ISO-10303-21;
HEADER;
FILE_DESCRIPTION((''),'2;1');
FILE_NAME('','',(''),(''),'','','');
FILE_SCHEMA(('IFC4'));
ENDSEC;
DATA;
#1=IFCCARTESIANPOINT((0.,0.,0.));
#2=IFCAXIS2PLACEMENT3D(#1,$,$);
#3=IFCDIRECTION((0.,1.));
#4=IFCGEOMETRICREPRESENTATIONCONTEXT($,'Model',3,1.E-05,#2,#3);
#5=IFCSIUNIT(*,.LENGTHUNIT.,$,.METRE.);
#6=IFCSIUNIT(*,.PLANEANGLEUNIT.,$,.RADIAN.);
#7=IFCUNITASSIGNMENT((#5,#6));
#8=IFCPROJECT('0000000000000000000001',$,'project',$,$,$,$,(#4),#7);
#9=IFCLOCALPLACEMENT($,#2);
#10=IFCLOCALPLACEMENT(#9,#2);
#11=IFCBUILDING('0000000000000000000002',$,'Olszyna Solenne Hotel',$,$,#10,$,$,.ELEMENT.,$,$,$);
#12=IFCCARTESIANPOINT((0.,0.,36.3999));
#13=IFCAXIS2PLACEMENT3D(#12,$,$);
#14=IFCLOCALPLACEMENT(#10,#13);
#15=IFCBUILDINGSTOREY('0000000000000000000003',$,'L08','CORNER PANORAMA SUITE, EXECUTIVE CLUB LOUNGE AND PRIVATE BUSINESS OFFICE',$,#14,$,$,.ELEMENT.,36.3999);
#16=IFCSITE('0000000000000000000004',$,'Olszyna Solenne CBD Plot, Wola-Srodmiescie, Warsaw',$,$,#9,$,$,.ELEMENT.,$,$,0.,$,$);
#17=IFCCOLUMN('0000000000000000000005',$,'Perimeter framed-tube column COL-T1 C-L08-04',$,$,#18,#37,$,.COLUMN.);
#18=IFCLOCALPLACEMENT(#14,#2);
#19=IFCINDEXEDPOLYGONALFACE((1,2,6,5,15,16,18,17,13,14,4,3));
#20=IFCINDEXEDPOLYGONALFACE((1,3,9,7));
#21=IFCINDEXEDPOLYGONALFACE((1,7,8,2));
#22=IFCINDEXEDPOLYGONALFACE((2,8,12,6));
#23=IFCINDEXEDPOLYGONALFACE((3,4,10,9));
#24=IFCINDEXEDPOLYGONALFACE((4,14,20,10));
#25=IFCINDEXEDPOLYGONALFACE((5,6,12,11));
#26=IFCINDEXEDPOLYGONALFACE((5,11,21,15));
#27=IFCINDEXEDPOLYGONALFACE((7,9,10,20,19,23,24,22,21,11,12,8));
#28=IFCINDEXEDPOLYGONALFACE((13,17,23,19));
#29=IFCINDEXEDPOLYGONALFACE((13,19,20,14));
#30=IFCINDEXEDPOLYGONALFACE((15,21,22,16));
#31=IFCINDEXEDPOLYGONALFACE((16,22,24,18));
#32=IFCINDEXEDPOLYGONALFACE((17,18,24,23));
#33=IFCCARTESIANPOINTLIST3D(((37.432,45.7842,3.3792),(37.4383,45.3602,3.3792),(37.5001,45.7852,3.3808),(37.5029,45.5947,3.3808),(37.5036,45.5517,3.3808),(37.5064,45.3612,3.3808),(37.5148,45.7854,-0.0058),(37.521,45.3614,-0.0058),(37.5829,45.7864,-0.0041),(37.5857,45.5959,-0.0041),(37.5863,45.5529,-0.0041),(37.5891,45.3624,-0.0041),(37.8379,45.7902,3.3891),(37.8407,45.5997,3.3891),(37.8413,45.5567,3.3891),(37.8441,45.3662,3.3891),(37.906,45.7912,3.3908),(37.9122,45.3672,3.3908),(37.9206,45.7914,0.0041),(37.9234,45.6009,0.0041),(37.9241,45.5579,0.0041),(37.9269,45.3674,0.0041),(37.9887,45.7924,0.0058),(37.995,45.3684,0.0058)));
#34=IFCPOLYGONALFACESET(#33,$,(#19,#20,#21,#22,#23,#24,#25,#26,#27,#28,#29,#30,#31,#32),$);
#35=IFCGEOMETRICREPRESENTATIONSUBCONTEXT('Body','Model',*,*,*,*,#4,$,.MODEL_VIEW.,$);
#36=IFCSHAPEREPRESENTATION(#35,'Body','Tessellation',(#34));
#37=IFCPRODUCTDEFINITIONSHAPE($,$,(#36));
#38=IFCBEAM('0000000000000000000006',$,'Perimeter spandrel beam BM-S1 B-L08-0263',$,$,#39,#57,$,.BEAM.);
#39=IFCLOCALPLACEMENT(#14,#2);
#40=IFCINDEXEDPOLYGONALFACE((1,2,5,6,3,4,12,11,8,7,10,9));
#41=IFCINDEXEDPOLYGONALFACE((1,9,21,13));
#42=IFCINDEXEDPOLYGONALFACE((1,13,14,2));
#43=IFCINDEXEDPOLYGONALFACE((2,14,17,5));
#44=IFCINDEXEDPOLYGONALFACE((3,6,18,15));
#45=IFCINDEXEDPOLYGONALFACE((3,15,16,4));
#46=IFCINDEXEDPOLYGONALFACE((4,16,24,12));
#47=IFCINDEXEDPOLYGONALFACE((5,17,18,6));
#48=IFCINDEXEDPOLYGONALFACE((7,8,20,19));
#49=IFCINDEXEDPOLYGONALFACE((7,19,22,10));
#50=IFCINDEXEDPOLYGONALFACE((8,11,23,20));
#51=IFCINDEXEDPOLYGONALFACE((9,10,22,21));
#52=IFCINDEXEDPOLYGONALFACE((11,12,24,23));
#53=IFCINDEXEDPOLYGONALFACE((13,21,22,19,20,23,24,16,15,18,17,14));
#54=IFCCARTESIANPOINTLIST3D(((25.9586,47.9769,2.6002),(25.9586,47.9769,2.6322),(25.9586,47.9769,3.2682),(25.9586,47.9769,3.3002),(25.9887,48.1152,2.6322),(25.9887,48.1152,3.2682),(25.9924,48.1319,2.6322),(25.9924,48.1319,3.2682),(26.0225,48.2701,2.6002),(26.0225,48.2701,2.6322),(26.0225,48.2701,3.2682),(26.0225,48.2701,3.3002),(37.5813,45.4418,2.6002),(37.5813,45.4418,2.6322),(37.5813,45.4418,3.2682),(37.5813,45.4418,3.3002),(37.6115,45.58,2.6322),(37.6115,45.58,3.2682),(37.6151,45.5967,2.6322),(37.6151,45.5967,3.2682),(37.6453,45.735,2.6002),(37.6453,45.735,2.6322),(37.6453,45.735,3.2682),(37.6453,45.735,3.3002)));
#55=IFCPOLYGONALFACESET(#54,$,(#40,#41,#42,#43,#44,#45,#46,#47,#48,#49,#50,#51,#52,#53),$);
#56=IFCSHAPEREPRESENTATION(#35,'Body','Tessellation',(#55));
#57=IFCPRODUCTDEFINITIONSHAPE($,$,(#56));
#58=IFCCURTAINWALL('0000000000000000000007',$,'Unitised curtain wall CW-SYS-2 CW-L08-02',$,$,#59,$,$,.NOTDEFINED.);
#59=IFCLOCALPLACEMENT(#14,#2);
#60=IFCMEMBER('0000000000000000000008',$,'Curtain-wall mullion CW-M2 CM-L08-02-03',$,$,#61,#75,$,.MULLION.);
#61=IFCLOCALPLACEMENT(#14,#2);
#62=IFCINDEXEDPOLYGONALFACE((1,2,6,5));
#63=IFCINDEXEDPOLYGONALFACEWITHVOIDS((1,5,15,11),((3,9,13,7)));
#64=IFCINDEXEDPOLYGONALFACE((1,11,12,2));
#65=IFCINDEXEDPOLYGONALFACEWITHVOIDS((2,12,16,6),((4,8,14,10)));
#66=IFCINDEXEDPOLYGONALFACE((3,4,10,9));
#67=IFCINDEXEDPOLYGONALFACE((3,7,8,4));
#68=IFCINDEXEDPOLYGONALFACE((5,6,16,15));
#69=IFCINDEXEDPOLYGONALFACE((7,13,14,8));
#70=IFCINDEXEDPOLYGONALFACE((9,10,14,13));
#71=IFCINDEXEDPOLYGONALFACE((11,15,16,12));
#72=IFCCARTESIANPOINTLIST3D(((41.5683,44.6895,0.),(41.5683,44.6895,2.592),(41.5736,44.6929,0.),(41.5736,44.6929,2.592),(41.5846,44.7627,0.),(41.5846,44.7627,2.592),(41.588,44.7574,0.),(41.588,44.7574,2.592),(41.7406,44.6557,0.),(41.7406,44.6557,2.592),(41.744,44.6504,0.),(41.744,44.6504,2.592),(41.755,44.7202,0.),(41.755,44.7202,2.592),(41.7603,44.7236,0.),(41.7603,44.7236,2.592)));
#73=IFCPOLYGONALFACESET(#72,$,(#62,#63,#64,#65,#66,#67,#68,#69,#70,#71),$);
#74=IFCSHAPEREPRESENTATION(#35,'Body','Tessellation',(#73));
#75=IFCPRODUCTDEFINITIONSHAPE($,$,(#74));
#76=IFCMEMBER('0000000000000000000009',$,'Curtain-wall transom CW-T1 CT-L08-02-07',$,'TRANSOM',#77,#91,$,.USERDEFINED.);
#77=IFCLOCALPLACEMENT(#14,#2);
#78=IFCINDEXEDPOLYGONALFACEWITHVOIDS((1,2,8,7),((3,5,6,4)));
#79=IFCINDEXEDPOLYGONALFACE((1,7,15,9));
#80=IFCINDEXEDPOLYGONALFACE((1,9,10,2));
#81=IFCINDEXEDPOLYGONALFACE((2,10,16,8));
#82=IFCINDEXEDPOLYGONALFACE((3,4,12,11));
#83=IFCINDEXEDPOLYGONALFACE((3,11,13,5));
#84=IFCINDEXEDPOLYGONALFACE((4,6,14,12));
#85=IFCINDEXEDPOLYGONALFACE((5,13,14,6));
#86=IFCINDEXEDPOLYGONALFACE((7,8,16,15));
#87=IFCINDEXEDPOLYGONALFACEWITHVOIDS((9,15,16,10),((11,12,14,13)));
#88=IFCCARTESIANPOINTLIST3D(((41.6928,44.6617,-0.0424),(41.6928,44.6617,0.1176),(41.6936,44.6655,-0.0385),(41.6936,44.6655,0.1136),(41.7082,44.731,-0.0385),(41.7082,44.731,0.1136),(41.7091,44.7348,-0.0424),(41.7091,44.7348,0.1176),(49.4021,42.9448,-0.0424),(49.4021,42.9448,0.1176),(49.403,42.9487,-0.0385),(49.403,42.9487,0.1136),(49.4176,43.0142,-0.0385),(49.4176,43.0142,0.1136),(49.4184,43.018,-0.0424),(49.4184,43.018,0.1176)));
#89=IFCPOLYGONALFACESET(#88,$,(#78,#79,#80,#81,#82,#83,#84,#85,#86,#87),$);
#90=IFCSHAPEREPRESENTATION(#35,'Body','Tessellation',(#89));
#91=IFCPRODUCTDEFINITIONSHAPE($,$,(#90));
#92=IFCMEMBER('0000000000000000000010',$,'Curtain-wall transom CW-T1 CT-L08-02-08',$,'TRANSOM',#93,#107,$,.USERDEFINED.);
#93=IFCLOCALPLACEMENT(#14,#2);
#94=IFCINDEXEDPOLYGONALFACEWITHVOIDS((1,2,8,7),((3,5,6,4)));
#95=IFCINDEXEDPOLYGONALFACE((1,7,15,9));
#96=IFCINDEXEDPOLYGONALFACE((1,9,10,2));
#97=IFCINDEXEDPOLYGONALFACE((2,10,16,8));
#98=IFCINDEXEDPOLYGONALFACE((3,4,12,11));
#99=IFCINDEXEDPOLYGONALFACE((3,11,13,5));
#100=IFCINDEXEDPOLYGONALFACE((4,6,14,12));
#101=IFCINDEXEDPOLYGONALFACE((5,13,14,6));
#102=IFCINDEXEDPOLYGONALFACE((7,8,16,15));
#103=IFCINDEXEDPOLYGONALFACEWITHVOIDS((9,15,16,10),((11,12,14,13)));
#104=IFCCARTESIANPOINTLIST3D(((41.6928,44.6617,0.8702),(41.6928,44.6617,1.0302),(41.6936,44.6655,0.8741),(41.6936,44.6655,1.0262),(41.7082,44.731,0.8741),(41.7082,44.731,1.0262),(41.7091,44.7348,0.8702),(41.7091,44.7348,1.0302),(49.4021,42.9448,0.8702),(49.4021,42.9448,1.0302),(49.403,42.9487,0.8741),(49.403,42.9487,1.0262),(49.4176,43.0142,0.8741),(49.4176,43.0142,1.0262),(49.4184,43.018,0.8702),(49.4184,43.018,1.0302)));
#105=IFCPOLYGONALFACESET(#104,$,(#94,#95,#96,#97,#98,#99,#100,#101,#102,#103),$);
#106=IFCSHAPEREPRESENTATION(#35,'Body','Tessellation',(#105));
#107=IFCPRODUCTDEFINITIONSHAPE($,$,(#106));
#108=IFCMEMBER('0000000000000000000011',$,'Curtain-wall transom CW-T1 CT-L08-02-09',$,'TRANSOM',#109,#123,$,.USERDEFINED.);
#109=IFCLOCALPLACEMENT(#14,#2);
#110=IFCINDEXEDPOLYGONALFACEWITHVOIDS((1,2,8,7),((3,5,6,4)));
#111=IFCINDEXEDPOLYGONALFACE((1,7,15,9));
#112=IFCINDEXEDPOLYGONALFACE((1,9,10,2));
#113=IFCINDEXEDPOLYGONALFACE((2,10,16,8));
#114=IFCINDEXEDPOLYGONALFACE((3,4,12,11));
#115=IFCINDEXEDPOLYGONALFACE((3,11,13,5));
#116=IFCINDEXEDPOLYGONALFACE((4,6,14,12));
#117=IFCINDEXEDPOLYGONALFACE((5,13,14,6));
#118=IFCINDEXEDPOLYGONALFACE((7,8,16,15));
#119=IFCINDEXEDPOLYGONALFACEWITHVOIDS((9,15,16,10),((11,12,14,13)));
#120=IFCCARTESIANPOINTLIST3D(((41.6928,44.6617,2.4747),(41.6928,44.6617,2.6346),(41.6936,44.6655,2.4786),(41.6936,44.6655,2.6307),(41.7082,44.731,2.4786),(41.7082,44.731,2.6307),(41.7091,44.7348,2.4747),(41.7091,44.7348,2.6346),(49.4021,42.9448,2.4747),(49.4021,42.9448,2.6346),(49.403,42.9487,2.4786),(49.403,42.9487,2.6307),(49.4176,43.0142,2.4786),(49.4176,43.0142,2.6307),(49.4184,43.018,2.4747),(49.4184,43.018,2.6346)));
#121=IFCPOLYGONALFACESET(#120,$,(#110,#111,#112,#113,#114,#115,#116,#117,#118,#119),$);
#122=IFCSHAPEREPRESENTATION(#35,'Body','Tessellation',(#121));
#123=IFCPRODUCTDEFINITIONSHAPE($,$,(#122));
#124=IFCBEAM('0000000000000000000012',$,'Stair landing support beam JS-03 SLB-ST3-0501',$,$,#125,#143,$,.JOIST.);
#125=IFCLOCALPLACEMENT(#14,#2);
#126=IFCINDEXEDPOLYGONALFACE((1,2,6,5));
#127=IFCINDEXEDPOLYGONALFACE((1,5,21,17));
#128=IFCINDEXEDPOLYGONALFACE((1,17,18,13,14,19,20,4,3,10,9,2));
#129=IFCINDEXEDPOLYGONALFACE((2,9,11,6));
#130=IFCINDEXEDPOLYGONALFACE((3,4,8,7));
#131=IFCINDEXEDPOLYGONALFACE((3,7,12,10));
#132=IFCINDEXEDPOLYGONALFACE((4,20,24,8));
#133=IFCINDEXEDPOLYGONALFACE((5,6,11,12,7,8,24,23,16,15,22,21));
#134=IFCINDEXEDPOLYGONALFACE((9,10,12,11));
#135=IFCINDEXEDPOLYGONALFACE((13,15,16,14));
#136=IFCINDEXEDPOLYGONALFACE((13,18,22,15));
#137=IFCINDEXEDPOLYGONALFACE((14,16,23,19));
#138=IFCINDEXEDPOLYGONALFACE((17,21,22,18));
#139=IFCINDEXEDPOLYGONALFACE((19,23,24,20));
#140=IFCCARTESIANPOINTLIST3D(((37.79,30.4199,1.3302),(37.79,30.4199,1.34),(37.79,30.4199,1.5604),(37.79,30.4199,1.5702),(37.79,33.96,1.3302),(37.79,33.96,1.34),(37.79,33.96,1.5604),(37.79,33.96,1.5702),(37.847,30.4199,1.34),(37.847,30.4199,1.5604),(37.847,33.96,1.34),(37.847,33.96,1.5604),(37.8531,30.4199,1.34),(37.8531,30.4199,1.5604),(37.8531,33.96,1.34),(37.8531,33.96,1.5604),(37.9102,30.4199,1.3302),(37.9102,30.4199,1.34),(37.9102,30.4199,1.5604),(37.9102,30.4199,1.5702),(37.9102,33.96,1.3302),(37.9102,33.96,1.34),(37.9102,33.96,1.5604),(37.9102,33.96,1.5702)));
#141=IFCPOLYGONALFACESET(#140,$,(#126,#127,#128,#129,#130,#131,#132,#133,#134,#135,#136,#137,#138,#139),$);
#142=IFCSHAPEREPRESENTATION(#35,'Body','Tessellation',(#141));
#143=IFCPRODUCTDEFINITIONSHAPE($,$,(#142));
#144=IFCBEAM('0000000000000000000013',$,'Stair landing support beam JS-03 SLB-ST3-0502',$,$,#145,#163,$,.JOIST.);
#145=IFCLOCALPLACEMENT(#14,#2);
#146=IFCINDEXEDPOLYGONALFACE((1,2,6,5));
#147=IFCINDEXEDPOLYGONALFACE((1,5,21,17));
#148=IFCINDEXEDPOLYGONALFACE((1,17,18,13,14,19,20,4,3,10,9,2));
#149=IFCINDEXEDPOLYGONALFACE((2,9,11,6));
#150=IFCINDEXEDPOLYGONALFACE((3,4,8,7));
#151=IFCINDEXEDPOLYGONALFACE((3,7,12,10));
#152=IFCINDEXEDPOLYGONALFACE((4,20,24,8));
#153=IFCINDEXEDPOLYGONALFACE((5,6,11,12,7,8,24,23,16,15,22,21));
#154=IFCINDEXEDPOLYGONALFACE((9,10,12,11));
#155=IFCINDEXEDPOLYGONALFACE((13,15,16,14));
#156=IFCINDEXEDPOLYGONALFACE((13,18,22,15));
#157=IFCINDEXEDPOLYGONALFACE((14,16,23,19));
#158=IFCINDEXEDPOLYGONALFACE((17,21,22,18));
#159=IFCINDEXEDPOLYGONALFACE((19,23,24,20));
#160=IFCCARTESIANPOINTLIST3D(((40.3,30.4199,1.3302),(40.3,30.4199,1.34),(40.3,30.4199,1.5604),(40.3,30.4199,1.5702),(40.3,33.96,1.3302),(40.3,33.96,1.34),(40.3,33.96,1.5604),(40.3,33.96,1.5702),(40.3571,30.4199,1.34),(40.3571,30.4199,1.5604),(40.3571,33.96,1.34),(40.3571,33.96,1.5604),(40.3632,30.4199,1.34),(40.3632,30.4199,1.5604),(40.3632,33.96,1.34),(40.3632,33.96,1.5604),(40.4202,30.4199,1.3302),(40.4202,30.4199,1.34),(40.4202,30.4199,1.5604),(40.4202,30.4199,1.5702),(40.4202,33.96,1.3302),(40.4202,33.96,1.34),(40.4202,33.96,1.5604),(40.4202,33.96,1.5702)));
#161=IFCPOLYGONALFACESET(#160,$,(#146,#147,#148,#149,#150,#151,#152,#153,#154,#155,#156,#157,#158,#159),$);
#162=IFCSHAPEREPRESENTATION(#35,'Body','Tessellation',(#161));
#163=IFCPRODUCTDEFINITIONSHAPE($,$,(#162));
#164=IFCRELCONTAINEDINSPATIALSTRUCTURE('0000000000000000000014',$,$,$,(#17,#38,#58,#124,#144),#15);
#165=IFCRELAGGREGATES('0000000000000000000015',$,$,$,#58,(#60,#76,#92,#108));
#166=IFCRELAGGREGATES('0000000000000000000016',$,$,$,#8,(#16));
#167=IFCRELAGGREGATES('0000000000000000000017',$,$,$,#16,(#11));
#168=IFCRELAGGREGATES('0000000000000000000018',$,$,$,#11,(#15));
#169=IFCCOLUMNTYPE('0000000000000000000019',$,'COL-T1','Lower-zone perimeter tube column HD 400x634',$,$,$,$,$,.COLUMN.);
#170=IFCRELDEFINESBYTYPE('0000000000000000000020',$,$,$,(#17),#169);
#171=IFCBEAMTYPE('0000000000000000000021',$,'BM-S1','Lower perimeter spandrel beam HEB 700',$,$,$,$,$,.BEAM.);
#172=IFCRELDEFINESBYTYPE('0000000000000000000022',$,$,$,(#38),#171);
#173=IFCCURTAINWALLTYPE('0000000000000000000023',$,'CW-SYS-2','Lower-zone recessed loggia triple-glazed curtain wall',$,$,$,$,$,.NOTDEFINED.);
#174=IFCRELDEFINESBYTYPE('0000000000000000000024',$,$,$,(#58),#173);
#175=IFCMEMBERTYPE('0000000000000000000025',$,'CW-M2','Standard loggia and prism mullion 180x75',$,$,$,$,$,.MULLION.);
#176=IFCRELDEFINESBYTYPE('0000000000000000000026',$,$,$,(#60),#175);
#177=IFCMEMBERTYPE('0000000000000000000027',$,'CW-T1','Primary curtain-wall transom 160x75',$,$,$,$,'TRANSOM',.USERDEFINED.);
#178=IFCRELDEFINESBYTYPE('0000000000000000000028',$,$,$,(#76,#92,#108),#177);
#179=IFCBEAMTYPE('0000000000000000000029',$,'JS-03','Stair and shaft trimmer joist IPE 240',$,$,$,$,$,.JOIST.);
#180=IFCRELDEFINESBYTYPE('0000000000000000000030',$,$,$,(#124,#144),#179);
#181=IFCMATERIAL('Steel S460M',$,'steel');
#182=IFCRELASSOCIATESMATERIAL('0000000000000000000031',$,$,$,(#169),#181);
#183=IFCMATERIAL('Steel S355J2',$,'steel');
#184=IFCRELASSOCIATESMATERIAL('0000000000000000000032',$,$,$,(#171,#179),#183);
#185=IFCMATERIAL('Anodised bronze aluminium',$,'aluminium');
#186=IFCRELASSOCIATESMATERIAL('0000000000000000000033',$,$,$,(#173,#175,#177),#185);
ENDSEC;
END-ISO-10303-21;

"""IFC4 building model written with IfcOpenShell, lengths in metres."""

from ifc_helpers import new_model, si_unit, direction, frame, origin, origin_2d, place, context, subcontext, project, spatial, hollow_rectangle, i_section, extrude, source, transform, mapped, material, material_profile, profile_set, type_object, element, aggregate, save


model = new_model("IFC4")

# Units and contexts
model_context = context("Model", 3, precision=1e-05, world=origin(), true_north=direction((0.0, 1.0)))
body_context = subcontext(model_context, "Body", "Model", "MODEL_VIEW")
ifc_project = project(units=[si_unit("LENGTHUNIT", "METRE"), si_unit("PLANEANGLEUNIT", "RADIAN")], contexts=[model_context])

# Site, building, storey
site_placement = place(None, origin())
site = spatial("IfcSite", under=ifc_project, at=site_placement, Name="Olszyna Solenne CBD Plot, Wola-Srodmiescie, Warsaw", CompositionType="ELEMENT", RefElevation=0.0)
building_placement = place(site_placement, origin())
building = spatial("IfcBuilding", under=site, at=building_placement, Name="Olszyna Solenne Hotel", CompositionType="ELEMENT")
storey_placement = place(building_placement, frame((0.0, 0.0, 36.3999)))
storey = spatial("IfcBuildingStorey", under=building, at=storey_placement, Name="L08", Description="CORNER PANORAMA SUITE, EXECUTIVE CLUB LOUNGE AND PRIVATE BUSINESS OFFICE", CompositionType="ELEMENT", Elevation=36.3999)

# Column
ifc_material_1 = material(Name="Steel S460M", Category="steel")
ifc_material_profile_1 = material_profile(ifc_material_1, i_section(OverallWidth=0.4241, OverallDepth=0.4741, WebThickness=0.043, FlangeThickness=0.0681, at=origin_2d()), Name="HD 400x634", Category="load-bearing")
ifc_profile_set_1 = profile_set([ifc_material_profile_1], Name="Steel S460M")
column_type = type_object("IfcColumnType", Name="COL-T1", Description="Lower-zone perimeter tube column HD 400x634", PredefinedType="COLUMN", material=ifc_profile_set_1)
shared_shape_1 = source(origin(), body_context, "Body", "SweptSolid", [
    extrude(i_section(OverallWidth=0.4241, OverallDepth=0.4741, WebThickness=0.043, FlangeThickness=0.0681, at=origin_2d()), origin(), (0.0, 0.0, 1.0), 3.386),
])
column_placement = place(storey_placement, frame((37.7549, 45.5769, 0.0), z_axis=(-0.024443, -0.000361, 0.999701), x_axis=(0.014748, -0.999891, 0.0)))
element("IfcColumn", 1, at=column_placement, inside=storey, type_object=column_type, Name="Perimeter framed-tube column COL-T1 C-L08-04", PredefinedType="COLUMN", context=body_context, shape_type="MappedRepresentation", body=[
    mapped(shared_shape_1, transform((0.0, 0.0, 0.0), x_axis=(1.0, 0.0, 0.0), y_axis=(0.0, 1.0, 0.0), z_axis=(0.0, 0.0, 1.0), scale=1.0)),
])

# Beam
ifc_material_2 = material(Name="Steel S355J2", Category="steel")
ifc_material_profile_2 = material_profile(ifc_material_2, i_section(OverallWidth=0.3, OverallDepth=0.7, WebThickness=0.0171, FlangeThickness=0.032, at=origin_2d()), Name="HEB 700", Category="load-bearing")
ifc_profile_set_2 = profile_set([ifc_material_profile_2], Name="Steel S355J2")
beam_type_1 = type_object("IfcBeamType", Name="BM-S1", Description="Lower perimeter spandrel beam HEB 700", PredefinedType="BEAM", material=ifc_profile_set_2)
shared_shape_2 = source(origin(), body_context, "Body", "SweptSolid", [
    extrude(i_section(OverallWidth=0.3, OverallDepth=0.7, WebThickness=0.0171, FlangeThickness=0.032, at=origin_2d()), origin(), (0.0, 0.0, 1.0), 11.896),
])
beam_1_placement = place(storey_placement, frame((37.6133, 45.5884, 2.9502), z_axis=(-0.977029, 0.213109, 0.0), x_axis=(-0.213109, -0.977029, 0.0)))
element("IfcBeam", 2, at=beam_1_placement, inside=storey, type_object=beam_type_1, Name="Perimeter spandrel beam BM-S1 B-L08-0263", PredefinedType="BEAM", context=body_context, shape_type="MappedRepresentation", body=[
    mapped(shared_shape_2, transform((0.0, 0.0, 0.0), x_axis=(1.0, 0.0, 0.0), y_axis=(0.0, 1.0, 0.0), z_axis=(0.0, 0.0, 1.0), scale=1.0)),
])

# Curtain wall, members
ifc_material_3 = material(Name="Anodised bronze aluminium", Category="aluminium")
curtain_wall_type = type_object("IfcCurtainWallType", Name="CW-SYS-2", Description="Lower-zone recessed loggia triple-glazed curtain wall", PredefinedType="NOTDEFINED", material=ifc_material_3)
curtain_wall_placement = place(storey_placement, origin())
curtain_wall = element("IfcCurtainWall", 3, at=curtain_wall_placement, inside=storey, type_object=curtain_wall_type, Name="Unitised curtain wall CW-SYS-2 CW-L08-02", PredefinedType="NOTDEFINED")
ifc_material_profile_3 = material_profile(ifc_material_3, hollow_rectangle(XDim=0.075, YDim=0.1799, WallThickness=0.0044, at=origin_2d()), Name="MULL 180x75x4.5", Category="load-bearing")
ifc_profile_set_3 = profile_set([ifc_material_profile_3], Name="Anodised bronze aluminium")
member_type_1 = type_object("IfcMemberType", Name="CW-M2", Description="Standard loggia and prism mullion 180x75", PredefinedType="MULLION", material=ifc_profile_set_3)
shared_shape_3 = source(origin(), body_context, "Body", "SweptSolid", [
    extrude(hollow_rectangle(XDim=0.075, YDim=0.1799, WallThickness=0.0044, at=origin_2d()), origin(), (0.0, 0.0, 1.0), 2.592),
])
member_1_placement = place(storey_placement, frame((41.6643, 44.7065, 0.0), z_axis=(0.0, 0.0, 1.0), x_axis=(0.217365, 0.97609, 0.0)))
member_1 = element("IfcMember", 4, at=member_1_placement, type_object=member_type_1, Name="Curtain-wall mullion CW-M2 CM-L08-02-03", PredefinedType="MULLION", context=body_context, shape_type="MappedRepresentation", body=[
    mapped(shared_shape_3, transform((0.0, 0.0, 0.0), x_axis=(1.0, 0.0, 0.0), y_axis=(0.0, 1.0, 0.0), z_axis=(0.0, 0.0, 1.0), scale=1.0)),
])
ifc_material_profile_4 = material_profile(ifc_material_3, hollow_rectangle(XDim=0.075, YDim=0.1599, WallThickness=0.0039, at=origin_2d()), Name="TRAN 160x75x4", Category="load-bearing")
ifc_profile_set_4 = profile_set([ifc_material_profile_4], Name="Anodised bronze aluminium")
member_type_2 = type_object("IfcMemberType", Name="CW-T1", Description="Primary curtain-wall transom 160x75", ElementType="TRANSOM", PredefinedType="USERDEFINED", material=ifc_profile_set_4)
shared_shape_4 = source(origin(), body_context, "Body", "SweptSolid", [
    extrude(hollow_rectangle(XDim=0.075, YDim=0.1599, WallThickness=0.0039, at=origin_2d()), origin(), (0.0, 0.0, 1.0), 7.8982),
])
member_2_placement = place(storey_placement, frame((41.7009, 44.6982, 0.0376), z_axis=(0.976089, -0.217369, 0.0), x_axis=(0.217369, 0.976089, 0.0)))
member_2 = element("IfcMember", 5, at=member_2_placement, type_object=member_type_2, Name="Curtain-wall transom CW-T1 CT-L08-02-07", ObjectType="TRANSOM", PredefinedType="USERDEFINED", context=body_context, shape_type="MappedRepresentation", body=[
    mapped(shared_shape_4, transform((0.0, 0.0, 0.0), x_axis=(1.0, 0.0, 0.0), y_axis=(0.0, 1.0, 0.0), z_axis=(0.0, 0.0, 1.0), scale=1.0)),
])
member_3_placement = place(storey_placement, frame((41.7009, 44.6982, 0.9502), z_axis=(0.976089, -0.217369, 0.0), x_axis=(0.217369, 0.976089, 0.0)))
member_3 = element("IfcMember", 6, at=member_3_placement, type_object=member_type_2, Name="Curtain-wall transom CW-T1 CT-L08-02-08", ObjectType="TRANSOM", PredefinedType="USERDEFINED", context=body_context, shape_type="MappedRepresentation", body=[
    mapped(shared_shape_4, transform((0.0, 0.0, 0.0), x_axis=(1.0, 0.0, 0.0), y_axis=(0.0, 1.0, 0.0), z_axis=(0.0, 0.0, 1.0), scale=1.0)),
])
member_4_placement = place(storey_placement, frame((41.7009, 44.6982, 2.5547), z_axis=(0.976089, -0.217369, 0.0), x_axis=(0.217369, 0.976089, 0.0)))
member_4 = element("IfcMember", 7, at=member_4_placement, type_object=member_type_2, Name="Curtain-wall transom CW-T1 CT-L08-02-09", ObjectType="TRANSOM", PredefinedType="USERDEFINED", context=body_context, shape_type="MappedRepresentation", body=[
    mapped(shared_shape_4, transform((0.0, 0.0, 0.0), x_axis=(1.0, 0.0, 0.0), y_axis=(0.0, 1.0, 0.0), z_axis=(0.0, 0.0, 1.0), scale=1.0)),
])

# Beams
ifc_material_profile_5 = material_profile(ifc_material_2, i_section(OverallWidth=0.1201, OverallDepth=0.24, WebThickness=0.0061, FlangeThickness=0.0098, at=origin_2d()), Name="IPE 240", Category="load-bearing")
ifc_profile_set_5 = profile_set([ifc_material_profile_5], Name="Steel S355J2")
beam_type_2 = type_object("IfcBeamType", Name="JS-03", Description="Stair and shaft trimmer joist IPE 240", PredefinedType="JOIST", material=ifc_profile_set_5)
shared_shape_5 = source(origin(), body_context, "Body", "SweptSolid", [
    extrude(i_section(OverallWidth=0.1201, OverallDepth=0.24, WebThickness=0.0061, FlangeThickness=0.0098, at=origin_2d()), origin(), (0.0, 0.0, 1.0), 3.54),
])
for number, where, z_axis, x_axis, name in (
    (8, (37.8501, 30.4199, 1.4502), (0.0, 1.0, 0.0), (-1.0, 0.0, 0.0), "Stair landing support beam JS-03 SLB-ST3-0501"),
    (9, (40.3601, 30.4199, 1.4502), (0.0, 1.0, 0.0), (-1.0, 0.0, 0.0), "Stair landing support beam JS-03 SLB-ST3-0502"),
):
    element("IfcBeam", number, at=place(storey_placement, frame(where, z_axis=z_axis, x_axis=x_axis)), inside=storey, type_object=beam_type_2, Name=name, PredefinedType="JOIST", context=body_context, shape_type="MappedRepresentation", body=[
        mapped(shared_shape_5, transform((0.0, 0.0, 0.0), x_axis=(1.0, 0.0, 0.0), y_axis=(0.0, 1.0, 0.0), z_axis=(0.0, 0.0, 1.0), scale=1.0)),
    ])

aggregate(curtain_wall, [member_1, member_2, member_3, member_4])

save(model, "model.ifc")
